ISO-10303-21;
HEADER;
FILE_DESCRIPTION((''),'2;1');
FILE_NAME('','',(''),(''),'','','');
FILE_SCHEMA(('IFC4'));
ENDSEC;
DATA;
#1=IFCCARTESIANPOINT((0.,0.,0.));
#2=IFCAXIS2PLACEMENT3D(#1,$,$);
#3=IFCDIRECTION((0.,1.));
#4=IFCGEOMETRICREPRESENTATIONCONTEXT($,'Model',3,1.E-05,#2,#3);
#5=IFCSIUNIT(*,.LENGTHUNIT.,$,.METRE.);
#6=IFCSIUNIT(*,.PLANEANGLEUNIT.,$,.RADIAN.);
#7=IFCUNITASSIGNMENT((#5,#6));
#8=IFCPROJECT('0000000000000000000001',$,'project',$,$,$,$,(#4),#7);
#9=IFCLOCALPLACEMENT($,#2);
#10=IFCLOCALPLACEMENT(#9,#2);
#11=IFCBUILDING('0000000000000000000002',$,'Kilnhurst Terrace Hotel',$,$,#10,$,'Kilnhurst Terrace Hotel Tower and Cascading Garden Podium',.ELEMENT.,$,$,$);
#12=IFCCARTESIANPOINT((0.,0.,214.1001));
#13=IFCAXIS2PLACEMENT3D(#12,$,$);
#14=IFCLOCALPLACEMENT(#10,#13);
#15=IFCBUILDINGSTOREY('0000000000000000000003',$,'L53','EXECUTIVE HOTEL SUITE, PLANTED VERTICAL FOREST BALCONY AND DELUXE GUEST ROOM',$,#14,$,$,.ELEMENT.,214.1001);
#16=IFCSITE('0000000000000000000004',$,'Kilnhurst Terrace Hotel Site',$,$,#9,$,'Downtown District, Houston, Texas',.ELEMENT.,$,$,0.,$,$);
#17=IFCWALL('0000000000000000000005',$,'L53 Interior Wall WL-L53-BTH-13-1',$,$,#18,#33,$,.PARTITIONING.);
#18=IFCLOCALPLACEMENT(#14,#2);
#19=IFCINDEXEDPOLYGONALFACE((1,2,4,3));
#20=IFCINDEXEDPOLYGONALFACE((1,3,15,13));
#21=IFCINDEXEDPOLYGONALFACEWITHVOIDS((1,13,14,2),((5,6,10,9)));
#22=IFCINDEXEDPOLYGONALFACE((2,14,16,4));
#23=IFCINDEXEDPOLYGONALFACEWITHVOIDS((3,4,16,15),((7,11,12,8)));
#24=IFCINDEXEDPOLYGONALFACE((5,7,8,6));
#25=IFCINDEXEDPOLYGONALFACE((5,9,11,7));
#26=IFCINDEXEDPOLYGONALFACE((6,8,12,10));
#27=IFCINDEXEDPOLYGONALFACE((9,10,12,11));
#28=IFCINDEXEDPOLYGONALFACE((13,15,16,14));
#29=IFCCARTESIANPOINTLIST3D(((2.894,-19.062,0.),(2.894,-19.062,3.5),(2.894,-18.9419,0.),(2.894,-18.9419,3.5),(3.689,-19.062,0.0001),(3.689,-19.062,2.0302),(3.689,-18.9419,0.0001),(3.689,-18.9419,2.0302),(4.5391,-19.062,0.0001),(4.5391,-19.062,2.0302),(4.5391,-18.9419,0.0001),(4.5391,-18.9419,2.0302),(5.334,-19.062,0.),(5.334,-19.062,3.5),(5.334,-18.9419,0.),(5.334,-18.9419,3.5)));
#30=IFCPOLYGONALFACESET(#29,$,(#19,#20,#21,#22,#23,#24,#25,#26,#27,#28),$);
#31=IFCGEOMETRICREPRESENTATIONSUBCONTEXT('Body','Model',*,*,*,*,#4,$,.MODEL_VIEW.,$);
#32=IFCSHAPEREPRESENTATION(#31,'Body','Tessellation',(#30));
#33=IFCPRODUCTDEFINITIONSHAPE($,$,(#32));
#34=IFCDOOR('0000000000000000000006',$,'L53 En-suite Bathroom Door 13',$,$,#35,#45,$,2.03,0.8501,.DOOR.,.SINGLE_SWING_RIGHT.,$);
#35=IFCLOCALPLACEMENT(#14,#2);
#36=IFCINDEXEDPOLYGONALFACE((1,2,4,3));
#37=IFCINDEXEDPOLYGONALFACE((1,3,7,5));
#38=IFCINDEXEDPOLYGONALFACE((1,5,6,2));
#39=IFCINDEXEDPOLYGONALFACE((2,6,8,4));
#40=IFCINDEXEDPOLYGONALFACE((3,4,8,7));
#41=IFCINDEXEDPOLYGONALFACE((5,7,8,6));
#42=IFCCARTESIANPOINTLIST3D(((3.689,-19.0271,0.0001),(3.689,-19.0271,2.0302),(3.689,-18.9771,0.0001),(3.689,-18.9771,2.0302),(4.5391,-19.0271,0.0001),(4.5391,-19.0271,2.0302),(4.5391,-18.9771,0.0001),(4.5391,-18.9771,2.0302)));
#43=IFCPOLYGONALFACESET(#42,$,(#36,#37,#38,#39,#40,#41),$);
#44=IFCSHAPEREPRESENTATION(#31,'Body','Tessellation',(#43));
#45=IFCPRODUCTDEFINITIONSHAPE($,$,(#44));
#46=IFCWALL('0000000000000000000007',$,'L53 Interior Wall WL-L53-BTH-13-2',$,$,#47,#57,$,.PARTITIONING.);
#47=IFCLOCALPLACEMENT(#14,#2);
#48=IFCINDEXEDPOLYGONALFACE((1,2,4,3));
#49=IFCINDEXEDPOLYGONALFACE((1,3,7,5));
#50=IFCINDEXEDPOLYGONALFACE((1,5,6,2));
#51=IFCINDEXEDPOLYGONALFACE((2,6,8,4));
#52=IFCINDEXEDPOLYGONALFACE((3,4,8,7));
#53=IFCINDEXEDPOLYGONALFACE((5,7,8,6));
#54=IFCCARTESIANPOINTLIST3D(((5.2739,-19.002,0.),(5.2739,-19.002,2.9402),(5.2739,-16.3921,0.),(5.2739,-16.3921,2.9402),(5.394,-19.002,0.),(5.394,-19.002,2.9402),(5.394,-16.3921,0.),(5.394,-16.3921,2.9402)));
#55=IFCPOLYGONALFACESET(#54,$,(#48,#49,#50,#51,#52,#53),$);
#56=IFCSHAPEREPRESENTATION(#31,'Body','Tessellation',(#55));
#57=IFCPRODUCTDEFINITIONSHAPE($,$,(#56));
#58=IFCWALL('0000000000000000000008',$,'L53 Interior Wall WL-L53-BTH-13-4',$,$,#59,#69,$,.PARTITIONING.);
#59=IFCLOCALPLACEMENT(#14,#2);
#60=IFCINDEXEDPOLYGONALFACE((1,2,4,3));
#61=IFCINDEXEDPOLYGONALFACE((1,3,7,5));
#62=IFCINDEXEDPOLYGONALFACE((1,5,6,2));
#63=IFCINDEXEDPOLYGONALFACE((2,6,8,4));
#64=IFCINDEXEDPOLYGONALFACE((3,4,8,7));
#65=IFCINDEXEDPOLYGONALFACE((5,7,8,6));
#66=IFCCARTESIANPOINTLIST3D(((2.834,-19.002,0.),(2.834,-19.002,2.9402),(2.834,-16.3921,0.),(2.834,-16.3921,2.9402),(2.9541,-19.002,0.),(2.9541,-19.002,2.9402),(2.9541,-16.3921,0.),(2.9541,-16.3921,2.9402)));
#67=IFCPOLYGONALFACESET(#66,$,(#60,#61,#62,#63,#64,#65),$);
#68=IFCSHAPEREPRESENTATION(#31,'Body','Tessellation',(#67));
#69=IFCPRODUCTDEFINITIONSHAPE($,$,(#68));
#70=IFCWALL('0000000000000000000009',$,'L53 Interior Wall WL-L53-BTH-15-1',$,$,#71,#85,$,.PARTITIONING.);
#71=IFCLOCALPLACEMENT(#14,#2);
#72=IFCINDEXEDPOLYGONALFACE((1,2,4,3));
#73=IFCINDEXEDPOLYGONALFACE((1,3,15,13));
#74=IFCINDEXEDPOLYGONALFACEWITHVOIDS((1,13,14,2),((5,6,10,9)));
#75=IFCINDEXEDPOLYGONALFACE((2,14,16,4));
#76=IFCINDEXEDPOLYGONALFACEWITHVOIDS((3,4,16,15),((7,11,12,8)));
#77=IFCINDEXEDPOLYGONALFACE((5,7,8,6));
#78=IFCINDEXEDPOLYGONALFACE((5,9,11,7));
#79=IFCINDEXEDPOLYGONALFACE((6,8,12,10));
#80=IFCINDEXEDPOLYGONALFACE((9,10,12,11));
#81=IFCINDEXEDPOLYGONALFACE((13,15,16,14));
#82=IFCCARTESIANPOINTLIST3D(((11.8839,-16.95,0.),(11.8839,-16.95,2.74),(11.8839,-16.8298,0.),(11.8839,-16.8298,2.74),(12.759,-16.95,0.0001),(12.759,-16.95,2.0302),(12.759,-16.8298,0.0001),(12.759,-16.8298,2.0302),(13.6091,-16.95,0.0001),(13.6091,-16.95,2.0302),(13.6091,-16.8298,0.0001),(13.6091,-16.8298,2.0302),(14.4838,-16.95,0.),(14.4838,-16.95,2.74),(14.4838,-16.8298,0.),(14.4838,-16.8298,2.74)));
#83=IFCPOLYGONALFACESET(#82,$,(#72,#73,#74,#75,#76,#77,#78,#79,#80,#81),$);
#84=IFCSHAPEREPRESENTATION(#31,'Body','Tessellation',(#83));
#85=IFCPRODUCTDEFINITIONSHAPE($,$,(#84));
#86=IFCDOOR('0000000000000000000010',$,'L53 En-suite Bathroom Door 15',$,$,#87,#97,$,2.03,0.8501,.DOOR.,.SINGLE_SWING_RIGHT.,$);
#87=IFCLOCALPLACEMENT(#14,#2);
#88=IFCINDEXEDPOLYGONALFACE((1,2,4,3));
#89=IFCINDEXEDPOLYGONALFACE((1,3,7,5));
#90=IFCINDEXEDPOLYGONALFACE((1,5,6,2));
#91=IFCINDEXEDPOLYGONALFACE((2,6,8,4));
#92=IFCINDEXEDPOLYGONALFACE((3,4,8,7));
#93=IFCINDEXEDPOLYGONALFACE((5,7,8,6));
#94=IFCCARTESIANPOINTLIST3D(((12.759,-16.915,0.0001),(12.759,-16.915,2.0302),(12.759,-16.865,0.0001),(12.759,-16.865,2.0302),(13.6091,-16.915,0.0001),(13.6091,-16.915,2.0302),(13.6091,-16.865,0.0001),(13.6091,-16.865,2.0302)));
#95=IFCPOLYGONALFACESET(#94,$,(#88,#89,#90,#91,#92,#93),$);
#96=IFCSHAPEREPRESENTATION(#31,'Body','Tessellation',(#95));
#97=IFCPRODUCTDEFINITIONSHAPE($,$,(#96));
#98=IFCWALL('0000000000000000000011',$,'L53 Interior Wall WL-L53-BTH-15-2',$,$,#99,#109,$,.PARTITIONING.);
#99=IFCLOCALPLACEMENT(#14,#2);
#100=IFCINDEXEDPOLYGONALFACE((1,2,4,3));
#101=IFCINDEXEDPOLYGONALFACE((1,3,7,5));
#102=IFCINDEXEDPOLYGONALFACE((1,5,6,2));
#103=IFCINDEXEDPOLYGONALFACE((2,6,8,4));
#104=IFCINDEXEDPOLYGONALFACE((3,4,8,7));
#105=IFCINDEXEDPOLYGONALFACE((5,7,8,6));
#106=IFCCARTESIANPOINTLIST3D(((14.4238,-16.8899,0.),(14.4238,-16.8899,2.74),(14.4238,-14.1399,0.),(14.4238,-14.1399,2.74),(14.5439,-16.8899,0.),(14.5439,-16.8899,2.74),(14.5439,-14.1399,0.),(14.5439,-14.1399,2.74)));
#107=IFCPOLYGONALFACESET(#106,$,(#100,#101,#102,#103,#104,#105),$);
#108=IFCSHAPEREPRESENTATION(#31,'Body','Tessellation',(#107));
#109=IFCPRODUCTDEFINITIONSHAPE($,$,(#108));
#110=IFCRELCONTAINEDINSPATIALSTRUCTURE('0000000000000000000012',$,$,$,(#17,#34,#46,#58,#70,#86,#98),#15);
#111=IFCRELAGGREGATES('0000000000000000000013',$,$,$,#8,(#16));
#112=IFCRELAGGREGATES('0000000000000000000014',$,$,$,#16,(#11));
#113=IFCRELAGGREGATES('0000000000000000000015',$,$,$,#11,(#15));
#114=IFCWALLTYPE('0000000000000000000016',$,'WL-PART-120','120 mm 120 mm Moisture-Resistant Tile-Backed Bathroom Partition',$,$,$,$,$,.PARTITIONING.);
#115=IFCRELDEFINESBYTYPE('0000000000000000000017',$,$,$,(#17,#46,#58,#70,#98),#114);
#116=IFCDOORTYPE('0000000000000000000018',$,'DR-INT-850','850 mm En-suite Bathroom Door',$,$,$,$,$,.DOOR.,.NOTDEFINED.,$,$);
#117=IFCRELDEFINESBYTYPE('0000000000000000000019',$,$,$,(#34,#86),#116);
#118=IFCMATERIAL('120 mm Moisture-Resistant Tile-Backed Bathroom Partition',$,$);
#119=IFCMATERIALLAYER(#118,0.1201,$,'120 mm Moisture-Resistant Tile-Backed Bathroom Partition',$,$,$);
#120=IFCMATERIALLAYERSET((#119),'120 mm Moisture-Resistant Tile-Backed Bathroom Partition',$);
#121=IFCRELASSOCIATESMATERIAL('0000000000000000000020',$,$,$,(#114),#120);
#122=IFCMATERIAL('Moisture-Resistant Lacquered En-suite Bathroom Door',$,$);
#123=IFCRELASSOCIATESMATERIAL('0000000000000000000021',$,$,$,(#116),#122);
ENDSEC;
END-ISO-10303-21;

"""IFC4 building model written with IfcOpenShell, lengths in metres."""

from ifc_helpers import new_model, si_unit, direction, frame, frame_2d, origin, place, context, subcontext, project, spatial, rectangle, extrude, material, layer, layer_set, type_object, element, fill, save


model = new_model("IFC4")

# Units and contexts
model_context = context("Model", 3, precision=1e-05, world=origin(), true_north=direction((0.0, 1.0)))
body_context = subcontext(model_context, "Body", "Model", "MODEL_VIEW")
ifc_project = project(units=[si_unit("LENGTHUNIT", "METRE"), si_unit("PLANEANGLEUNIT", "RADIAN")], contexts=[model_context])

# Site, building, storey
site_placement = place(None, origin())
site = spatial("IfcSite", under=ifc_project, at=site_placement, Name="Kilnhurst Terrace Hotel Site", LongName="Downtown District, Houston, Texas", CompositionType="ELEMENT", RefElevation=0.0)
building_placement = place(site_placement, origin())
building = spatial("IfcBuilding", under=site, at=building_placement, Name="Kilnhurst Terrace Hotel", LongName="Kilnhurst Terrace Hotel Tower and Cascading Garden Podium", CompositionType="ELEMENT")
storey_placement = place(building_placement, frame((0.0, 0.0, 214.1001)))
storey = spatial("IfcBuildingStorey", under=building, at=storey_placement, Name="L53", Description="EXECUTIVE HOTEL SUITE, PLANTED VERTICAL FOREST BALCONY AND DELUXE GUEST ROOM", CompositionType="ELEMENT", Elevation=214.1001)

# Wall, opening, door
ifc_material_1 = material(Name="120 mm Moisture-Resistant Tile-Backed Bathroom Partition")
ifc_layer_1 = layer(ifc_material_1, 0.1201, Name="120 mm Moisture-Resistant Tile-Backed Bathroom Partition")
ifc_layer_set_1 = layer_set([ifc_layer_1], Name="120 mm Moisture-Resistant Tile-Backed Bathroom Partition")
wall_type_1 = type_object("IfcWallType", Name="WL-PART-120", Description="120 mm 120 mm Moisture-Resistant Tile-Backed Bathroom Partition", PredefinedType="PARTITIONING", material=ifc_layer_set_1)
wall_1_placement = place(storey_placement, frame((2.894, -19.002, 0.0), z_axis=(0.0, 0.0, 1.0), x_axis=(1.0, 0.0, 0.0)))
wall_1 = element("IfcWall", 1, at=wall_1_placement, inside=storey, type_object=wall_type_1, Name="L53 Interior Wall WL-L53-BTH-13-1", PredefinedType="PARTITIONING", context=body_context, shape_type="SweptSolid", body=[
    extrude(rectangle(XDim=2.4399, YDim=0.1201, at=frame_2d((1.22, 0.0))), origin(), (0.0, 0.0, 1.0), 3.5),
])
opening_1_placement = place(wall_1_placement, frame((0.7949, 0.0, 0.0)))
opening_1 = element("IfcOpeningElement", 2, at=opening_1_placement, cuts=wall_1, PredefinedType="OPENING", context=body_context, shape_type="SweptSolid", body=[
    extrude(rectangle(XDim=0.8501, YDim=2.03, at=frame_2d((0.425, 1.0151))), frame((0.0, 0.0701, 0.0), z_axis=(0.0, -1.0, 0.0), x_axis=(1.0, 0.0, 0.0)), (0.0, 0.0, 1.0), 0.1401),
])
ifc_material_2 = material(Name="Moisture-Resistant Lacquered En-suite Bathroom Door")
door_type = type_object("IfcDoorType", Name="DR-INT-850", Description="850 mm En-suite Bathroom Door", OperationType="NOTDEFINED", PredefinedType="DOOR", material=ifc_material_2)
door_1_placement = place(opening_1_placement, origin())
door_1 = element("IfcDoor", 3, at=door_1_placement, inside=storey, type_object=door_type, Name="L53 En-suite Bathroom Door 13", OperationType="SINGLE_SWING_RIGHT", OverallHeight=2.03, OverallWidth=0.8501, PredefinedType="DOOR", context=body_context, shape_type="SweptSolid", body=[
    extrude(rectangle(XDim=0.8501, YDim=2.03, at=frame_2d((0.425, 1.0151))), frame((0.0, 0.0249, 0.0), z_axis=(0.0, -1.0, 0.0), x_axis=(1.0, 0.0, 0.0)), (0.0, 0.0, 1.0), 0.05),
])
fill(opening_1, door_1)

# Walls
for number, where, z_axis, x_axis, name in (
    (4, (5.334, -19.002, 0.0), (0.0, 0.0, 1.0), (0.0, 1.0, 0.0), "L53 Interior Wall WL-L53-BTH-13-2"),
    (5, (2.894, -16.3921, 0.0), (0.0, 0.0, 1.0), (0.0, -1.0, 0.0), "L53 Interior Wall WL-L53-BTH-13-4"),
):
    element("IfcWall", number, at=place(storey_placement, frame(where, z_axis=z_axis, x_axis=x_axis)), inside=storey, type_object=wall_type_1, Name=name, PredefinedType="PARTITIONING", context=body_context, shape_type="SweptSolid", body=[
        extrude(rectangle(XDim=2.6099, YDim=0.1201, at=frame_2d((1.3049, 0.0))), origin(), (0.0, 0.0, 1.0), 2.9402),
    ])

# Wall, opening, door
wall_2_placement = place(storey_placement, frame((11.884, -16.8899, 0.0), z_axis=(0.0, 0.0, 1.0), x_axis=(1.0, 0.0, 0.0)))
wall_2 = element("IfcWall", 6, at=wall_2_placement, inside=storey, type_object=wall_type_1, Name="L53 Interior Wall WL-L53-BTH-15-1", PredefinedType="PARTITIONING", context=body_context, shape_type="SweptSolid", body=[
    extrude(rectangle(XDim=2.5999, YDim=0.1201, at=frame_2d((1.2998, 0.0))), origin(), (0.0, 0.0, 1.0), 2.74),
])
opening_2_placement = place(wall_2_placement, frame((0.875, 0.0, 0.0)))
opening_2 = element("IfcOpeningElement", 7, at=opening_2_placement, cuts=wall_2, PredefinedType="OPENING", context=body_context, shape_type="SweptSolid", body=[
    extrude(rectangle(XDim=0.8501, YDim=2.03, at=frame_2d((0.425, 1.0151))), frame((0.0, 0.0701, 0.0), z_axis=(0.0, -1.0, 0.0), x_axis=(1.0, 0.0, 0.0)), (0.0, 0.0, 1.0), 0.1401),
])
door_2_placement = place(opening_2_placement, origin())
door_2 = element("IfcDoor", 8, at=door_2_placement, inside=storey, type_object=door_type, Name="L53 En-suite Bathroom Door 15", OperationType="SINGLE_SWING_RIGHT", OverallHeight=2.03, OverallWidth=0.8501, PredefinedType="DOOR", context=body_context, shape_type="SweptSolid", body=[
    extrude(rectangle(XDim=0.8501, YDim=2.03, at=frame_2d((0.425, 1.0151))), frame((0.0, 0.0249, 0.0), z_axis=(0.0, -1.0, 0.0), x_axis=(1.0, 0.0, 0.0)), (0.0, 0.0, 1.0), 0.05),
])
fill(opening_2, door_2)

# Wall
wall_3_placement = place(storey_placement, frame((14.4839, -16.8899, 0.0), z_axis=(0.0, 0.0, 1.0), x_axis=(0.0, 1.0, 0.0)))
element("IfcWall", 9, at=wall_3_placement, inside=storey, type_object=wall_type_1, Name="L53 Interior Wall WL-L53-BTH-15-2", PredefinedType="PARTITIONING", context=body_context, shape_type="SweptSolid", body=[
    extrude(rectangle(XDim=2.75, YDim=0.1201, at=frame_2d((1.375, 0.0))), origin(), (0.0, 0.0, 1.0), 2.74),
])

save(model, "model.ifc")
